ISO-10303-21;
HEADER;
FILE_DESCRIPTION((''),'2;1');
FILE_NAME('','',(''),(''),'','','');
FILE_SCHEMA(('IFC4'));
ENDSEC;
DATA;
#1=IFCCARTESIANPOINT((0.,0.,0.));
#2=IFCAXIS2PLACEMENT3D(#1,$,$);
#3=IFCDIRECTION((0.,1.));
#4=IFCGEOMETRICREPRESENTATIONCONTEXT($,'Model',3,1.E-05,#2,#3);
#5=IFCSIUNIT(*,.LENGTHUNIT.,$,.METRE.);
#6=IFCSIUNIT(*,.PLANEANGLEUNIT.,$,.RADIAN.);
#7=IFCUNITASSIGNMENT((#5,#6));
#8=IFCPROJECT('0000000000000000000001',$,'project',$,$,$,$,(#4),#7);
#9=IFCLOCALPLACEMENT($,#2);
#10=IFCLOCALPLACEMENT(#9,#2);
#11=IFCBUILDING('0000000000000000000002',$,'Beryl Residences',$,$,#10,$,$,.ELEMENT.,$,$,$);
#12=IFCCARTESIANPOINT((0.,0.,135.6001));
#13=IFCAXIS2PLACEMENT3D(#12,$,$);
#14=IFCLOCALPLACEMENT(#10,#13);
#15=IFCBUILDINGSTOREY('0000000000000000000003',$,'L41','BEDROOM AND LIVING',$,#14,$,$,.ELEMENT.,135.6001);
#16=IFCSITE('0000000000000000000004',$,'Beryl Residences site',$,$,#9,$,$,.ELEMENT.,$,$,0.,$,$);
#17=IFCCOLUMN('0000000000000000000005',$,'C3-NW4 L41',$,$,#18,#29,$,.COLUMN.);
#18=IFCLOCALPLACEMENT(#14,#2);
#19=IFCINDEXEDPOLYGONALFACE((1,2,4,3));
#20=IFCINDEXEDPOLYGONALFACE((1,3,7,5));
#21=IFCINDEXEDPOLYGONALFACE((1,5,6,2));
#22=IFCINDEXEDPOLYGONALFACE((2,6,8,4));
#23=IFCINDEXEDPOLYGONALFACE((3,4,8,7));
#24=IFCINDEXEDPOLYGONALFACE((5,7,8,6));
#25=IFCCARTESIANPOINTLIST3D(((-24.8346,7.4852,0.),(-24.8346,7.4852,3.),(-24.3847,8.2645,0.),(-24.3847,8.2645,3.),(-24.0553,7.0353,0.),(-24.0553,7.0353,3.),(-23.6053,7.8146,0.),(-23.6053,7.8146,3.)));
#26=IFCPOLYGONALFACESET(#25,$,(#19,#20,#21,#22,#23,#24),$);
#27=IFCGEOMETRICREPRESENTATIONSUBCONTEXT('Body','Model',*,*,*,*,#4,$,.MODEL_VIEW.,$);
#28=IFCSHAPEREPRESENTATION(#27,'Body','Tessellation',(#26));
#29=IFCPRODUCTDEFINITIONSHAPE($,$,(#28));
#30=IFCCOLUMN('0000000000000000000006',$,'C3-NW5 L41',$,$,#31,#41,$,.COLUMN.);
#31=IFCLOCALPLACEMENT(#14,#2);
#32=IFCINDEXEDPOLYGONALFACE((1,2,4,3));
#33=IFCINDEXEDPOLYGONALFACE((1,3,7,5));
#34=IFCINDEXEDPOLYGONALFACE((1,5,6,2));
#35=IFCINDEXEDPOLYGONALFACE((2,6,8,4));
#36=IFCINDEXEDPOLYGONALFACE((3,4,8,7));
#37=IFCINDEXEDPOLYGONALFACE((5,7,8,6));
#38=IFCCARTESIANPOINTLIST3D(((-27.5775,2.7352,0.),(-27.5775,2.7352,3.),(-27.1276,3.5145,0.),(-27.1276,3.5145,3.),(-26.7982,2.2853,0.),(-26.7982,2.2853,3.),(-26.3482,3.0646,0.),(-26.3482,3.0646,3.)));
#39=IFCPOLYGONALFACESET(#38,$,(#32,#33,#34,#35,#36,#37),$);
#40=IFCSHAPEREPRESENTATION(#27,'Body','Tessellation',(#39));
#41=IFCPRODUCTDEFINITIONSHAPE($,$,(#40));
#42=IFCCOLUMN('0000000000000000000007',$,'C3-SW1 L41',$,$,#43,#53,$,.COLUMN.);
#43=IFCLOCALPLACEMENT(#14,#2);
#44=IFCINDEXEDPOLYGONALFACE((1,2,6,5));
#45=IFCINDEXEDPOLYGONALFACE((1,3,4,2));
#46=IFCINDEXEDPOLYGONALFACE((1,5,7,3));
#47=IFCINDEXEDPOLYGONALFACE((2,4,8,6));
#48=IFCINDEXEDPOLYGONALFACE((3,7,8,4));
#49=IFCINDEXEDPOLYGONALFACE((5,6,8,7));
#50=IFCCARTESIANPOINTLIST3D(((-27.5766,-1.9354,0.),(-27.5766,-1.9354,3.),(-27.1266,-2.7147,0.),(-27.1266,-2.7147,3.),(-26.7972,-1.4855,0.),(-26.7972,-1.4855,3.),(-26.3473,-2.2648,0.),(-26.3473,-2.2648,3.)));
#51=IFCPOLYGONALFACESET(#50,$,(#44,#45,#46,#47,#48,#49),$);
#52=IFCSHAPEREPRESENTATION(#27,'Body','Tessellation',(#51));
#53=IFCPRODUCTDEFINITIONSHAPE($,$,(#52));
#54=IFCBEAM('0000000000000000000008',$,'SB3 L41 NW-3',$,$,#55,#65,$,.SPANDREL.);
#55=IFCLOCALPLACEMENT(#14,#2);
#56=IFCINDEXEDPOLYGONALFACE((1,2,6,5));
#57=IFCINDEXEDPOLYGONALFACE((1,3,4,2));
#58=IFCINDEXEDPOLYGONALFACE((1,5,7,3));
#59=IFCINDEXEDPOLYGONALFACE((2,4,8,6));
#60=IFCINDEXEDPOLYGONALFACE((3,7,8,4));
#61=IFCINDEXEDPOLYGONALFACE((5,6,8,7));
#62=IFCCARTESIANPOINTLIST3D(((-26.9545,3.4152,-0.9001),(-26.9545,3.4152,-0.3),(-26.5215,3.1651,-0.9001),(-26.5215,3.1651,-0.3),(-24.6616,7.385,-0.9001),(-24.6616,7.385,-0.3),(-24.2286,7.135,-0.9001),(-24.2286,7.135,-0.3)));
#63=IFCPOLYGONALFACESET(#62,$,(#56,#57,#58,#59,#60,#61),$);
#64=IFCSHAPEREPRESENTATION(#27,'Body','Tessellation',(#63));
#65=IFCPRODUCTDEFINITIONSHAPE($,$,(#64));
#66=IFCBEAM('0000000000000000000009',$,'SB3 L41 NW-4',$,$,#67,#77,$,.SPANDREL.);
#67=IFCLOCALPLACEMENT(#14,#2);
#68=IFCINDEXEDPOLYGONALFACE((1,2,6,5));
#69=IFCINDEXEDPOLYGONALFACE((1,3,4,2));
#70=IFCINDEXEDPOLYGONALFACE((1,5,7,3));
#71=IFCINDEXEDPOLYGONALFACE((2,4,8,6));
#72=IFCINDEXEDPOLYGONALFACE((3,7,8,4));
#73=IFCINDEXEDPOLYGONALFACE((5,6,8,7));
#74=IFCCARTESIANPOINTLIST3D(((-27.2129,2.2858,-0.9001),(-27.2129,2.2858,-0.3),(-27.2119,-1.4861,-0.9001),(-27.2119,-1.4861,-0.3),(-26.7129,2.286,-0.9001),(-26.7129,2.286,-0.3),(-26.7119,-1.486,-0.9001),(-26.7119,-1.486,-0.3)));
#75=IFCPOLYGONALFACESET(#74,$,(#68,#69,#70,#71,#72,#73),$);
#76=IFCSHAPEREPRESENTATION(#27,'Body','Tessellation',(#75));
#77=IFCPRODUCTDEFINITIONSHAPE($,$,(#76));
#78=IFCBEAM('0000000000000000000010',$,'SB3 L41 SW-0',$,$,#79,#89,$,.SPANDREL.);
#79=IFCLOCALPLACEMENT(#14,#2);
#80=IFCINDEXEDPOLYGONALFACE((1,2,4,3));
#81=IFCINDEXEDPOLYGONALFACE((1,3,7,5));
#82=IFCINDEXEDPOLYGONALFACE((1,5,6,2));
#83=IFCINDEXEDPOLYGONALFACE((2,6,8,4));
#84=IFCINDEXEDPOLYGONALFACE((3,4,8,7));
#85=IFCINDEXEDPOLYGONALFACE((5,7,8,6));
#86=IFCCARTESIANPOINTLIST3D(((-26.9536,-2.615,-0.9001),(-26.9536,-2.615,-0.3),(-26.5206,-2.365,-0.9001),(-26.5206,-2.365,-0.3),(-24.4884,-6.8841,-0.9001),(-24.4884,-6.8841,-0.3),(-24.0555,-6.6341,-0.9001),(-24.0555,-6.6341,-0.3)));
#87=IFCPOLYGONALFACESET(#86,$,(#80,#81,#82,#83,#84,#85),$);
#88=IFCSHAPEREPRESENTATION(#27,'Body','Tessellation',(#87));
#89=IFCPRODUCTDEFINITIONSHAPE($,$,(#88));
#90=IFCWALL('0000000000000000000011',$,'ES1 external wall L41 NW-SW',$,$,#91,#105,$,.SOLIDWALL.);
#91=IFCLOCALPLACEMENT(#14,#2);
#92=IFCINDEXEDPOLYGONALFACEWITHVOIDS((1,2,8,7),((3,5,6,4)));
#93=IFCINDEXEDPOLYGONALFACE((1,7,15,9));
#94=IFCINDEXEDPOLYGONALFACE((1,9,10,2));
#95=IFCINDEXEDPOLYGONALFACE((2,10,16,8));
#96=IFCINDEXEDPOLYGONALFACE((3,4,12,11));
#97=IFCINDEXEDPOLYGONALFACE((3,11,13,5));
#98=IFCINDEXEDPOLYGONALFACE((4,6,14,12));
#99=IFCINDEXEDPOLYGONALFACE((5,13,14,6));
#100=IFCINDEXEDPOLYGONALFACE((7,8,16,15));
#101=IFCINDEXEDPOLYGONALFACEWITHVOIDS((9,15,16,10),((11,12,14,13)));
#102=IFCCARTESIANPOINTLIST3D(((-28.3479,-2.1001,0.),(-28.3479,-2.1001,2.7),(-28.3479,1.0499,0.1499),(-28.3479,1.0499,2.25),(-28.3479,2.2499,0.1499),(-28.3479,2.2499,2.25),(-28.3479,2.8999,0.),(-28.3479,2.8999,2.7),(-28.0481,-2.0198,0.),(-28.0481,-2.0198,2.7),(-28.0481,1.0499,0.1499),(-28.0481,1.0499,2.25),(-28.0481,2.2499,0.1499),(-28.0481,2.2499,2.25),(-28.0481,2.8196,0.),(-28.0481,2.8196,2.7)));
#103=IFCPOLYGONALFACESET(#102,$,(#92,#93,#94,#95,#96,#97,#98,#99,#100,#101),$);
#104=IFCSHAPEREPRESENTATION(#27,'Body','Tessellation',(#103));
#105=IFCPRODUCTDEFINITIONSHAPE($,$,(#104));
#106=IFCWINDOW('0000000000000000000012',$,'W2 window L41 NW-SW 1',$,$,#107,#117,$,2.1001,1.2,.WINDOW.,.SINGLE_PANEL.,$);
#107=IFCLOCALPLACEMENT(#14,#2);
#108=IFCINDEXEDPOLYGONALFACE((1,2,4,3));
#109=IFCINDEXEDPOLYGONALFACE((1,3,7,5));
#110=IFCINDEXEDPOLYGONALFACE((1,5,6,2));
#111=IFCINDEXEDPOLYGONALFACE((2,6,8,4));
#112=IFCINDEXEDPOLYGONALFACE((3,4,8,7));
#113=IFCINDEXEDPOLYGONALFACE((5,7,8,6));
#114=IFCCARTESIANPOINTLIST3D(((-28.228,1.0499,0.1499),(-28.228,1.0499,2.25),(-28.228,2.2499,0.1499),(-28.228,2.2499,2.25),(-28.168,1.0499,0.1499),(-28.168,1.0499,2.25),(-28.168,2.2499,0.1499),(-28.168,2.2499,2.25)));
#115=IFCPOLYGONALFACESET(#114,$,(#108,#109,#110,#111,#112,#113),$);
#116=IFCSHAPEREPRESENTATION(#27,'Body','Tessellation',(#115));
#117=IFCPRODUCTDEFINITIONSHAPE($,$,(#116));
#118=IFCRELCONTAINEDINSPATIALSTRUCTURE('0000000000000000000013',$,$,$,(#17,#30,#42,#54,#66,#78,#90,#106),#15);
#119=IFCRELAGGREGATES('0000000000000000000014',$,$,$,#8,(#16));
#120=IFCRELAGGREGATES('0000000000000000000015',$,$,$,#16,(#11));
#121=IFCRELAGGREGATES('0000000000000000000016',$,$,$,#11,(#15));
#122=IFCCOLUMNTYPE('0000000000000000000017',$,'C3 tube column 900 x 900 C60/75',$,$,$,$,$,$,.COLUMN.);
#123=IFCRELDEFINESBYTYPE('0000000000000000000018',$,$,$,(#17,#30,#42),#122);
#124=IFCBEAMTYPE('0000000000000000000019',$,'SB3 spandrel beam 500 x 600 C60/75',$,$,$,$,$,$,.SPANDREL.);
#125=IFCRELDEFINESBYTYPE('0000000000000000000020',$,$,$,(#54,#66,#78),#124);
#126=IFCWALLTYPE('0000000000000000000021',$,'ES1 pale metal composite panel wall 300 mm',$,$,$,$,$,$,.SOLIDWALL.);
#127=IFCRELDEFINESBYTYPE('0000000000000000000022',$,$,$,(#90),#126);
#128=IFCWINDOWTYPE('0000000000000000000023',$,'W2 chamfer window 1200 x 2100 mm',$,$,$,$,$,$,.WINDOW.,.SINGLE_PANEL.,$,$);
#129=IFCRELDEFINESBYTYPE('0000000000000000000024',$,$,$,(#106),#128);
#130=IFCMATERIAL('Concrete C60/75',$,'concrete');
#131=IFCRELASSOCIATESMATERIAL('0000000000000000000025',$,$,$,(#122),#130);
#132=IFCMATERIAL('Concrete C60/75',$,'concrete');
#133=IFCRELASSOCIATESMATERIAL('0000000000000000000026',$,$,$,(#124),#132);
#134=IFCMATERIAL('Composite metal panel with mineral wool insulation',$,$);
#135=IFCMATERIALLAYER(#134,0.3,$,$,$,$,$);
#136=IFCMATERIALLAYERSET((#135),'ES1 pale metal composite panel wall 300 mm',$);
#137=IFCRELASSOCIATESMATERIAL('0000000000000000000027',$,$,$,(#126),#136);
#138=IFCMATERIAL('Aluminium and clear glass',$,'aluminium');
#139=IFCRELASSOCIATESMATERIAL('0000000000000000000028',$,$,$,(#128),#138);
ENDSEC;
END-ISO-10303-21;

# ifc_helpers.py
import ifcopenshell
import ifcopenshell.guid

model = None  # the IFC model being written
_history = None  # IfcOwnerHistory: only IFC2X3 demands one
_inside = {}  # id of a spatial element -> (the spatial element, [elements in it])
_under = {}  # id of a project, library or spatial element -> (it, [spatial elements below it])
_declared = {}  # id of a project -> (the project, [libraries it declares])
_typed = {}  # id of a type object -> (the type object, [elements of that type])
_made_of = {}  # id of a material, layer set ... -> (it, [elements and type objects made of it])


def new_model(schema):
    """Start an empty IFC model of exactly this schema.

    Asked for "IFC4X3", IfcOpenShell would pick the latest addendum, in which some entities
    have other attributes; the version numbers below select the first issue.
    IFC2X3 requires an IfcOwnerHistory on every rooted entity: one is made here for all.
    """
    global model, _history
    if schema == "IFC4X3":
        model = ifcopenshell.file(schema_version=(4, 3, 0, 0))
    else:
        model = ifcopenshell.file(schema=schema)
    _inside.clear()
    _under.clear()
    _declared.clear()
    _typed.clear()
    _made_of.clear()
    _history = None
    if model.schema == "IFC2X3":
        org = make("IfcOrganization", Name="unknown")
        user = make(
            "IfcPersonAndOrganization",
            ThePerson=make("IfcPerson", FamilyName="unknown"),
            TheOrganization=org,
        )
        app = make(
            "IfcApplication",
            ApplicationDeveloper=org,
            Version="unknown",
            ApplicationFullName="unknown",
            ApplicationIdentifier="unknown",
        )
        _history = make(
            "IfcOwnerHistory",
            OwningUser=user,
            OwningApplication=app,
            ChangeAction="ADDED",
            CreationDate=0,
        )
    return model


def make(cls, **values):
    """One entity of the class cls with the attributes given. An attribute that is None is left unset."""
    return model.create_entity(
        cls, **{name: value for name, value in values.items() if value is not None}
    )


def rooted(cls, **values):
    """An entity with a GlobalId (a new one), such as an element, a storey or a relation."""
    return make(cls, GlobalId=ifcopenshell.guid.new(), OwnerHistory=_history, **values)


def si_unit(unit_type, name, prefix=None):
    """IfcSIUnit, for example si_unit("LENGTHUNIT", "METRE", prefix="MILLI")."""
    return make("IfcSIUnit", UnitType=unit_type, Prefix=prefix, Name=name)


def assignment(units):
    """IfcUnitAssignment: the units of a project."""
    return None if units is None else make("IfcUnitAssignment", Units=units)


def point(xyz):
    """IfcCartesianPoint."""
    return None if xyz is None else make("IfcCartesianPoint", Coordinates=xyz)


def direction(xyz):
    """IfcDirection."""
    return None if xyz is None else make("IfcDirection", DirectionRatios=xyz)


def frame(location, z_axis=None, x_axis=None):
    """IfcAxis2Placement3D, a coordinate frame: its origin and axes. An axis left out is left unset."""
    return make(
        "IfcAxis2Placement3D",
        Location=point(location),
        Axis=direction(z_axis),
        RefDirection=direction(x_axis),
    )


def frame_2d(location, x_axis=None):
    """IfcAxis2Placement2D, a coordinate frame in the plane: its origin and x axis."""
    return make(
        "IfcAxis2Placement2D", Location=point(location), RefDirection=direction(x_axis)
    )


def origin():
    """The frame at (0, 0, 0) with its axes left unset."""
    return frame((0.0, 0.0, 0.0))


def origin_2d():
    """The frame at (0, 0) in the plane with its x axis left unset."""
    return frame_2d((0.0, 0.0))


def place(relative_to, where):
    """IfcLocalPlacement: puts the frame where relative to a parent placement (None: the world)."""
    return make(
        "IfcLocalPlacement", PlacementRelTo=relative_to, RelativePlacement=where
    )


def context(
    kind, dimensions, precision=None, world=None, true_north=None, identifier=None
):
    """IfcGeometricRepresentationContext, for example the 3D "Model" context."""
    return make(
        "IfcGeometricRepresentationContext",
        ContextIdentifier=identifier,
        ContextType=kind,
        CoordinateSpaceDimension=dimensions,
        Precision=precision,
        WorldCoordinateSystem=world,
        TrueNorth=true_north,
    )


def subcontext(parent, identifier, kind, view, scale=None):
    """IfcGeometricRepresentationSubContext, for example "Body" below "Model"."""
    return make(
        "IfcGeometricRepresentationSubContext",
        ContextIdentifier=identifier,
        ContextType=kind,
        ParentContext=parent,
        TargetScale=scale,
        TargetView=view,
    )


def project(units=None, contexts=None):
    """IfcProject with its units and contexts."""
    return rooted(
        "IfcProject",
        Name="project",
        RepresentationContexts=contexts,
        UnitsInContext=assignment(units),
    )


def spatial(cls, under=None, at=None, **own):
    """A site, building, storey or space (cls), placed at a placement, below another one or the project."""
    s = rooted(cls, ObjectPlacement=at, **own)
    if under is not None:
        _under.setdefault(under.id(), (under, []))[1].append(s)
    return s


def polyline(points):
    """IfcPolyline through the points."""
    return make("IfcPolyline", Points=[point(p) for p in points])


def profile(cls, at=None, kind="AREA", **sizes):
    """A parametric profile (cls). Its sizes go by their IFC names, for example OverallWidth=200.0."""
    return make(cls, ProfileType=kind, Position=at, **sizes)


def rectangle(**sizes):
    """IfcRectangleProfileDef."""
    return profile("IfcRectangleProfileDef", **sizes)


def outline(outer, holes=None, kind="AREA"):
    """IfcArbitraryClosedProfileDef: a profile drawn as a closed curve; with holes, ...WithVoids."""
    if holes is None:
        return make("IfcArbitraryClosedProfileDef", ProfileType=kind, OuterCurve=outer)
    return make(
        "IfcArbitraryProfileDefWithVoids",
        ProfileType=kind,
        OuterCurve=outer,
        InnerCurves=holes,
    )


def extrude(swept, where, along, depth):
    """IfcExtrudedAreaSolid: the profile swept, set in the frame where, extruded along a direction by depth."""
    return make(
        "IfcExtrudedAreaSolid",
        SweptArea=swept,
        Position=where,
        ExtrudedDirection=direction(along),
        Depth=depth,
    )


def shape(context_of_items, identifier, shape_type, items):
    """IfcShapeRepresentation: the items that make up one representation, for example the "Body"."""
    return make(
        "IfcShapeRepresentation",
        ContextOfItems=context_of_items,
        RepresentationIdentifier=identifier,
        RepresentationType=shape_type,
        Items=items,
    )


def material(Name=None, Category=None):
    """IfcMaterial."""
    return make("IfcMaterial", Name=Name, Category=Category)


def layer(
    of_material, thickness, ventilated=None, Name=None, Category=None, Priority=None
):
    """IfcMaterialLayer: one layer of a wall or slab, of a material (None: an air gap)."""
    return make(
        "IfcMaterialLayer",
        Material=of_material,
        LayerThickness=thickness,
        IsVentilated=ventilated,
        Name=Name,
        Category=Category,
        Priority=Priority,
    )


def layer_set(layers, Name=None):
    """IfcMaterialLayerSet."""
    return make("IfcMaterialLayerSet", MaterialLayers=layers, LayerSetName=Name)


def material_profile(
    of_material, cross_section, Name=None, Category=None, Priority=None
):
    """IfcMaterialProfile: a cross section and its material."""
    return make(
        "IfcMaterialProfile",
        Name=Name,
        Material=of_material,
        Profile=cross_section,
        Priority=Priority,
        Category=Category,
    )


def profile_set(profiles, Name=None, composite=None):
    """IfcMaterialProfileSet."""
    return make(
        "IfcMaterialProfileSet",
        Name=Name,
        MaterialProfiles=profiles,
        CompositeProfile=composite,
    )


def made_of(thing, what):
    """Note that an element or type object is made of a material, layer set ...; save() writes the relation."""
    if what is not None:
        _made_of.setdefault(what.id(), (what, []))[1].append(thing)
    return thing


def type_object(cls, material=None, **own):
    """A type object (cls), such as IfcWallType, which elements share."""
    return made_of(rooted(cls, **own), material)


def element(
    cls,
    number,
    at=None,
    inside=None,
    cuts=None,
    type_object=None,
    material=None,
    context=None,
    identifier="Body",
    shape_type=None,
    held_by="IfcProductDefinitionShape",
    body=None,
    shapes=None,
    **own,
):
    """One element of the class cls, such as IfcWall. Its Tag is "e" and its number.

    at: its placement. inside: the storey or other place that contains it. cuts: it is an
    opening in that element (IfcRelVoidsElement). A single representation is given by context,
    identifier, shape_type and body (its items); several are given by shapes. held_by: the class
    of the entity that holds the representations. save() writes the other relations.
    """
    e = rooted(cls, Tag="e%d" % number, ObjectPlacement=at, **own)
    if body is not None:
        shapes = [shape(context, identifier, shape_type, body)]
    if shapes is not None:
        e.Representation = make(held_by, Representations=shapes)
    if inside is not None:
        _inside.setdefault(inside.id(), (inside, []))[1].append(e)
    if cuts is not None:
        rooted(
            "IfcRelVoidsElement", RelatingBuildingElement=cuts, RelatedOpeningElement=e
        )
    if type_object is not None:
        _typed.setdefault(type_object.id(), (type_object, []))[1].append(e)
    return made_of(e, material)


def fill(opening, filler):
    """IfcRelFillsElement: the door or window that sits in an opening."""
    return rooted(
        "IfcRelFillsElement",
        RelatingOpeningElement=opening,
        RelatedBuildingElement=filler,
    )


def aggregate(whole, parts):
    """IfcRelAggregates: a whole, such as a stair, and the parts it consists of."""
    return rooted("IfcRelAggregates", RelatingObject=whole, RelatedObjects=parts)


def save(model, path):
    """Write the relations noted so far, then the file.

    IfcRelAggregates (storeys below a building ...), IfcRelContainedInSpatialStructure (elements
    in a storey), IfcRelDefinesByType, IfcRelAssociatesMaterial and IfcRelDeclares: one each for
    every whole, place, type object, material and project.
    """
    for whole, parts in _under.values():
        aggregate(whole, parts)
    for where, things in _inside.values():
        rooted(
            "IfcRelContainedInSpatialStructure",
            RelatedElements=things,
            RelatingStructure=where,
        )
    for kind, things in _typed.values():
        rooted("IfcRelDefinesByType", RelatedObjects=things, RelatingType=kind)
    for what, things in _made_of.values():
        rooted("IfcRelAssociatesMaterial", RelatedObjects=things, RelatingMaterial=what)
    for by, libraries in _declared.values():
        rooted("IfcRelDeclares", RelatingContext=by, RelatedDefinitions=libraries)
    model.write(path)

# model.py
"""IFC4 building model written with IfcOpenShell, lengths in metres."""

from ifc_helpers import new_model, si_unit, direction, frame, frame_2d, origin, origin_2d, place, context, subcontext, project, spatial, polyline, rectangle, outline, extrude, material, layer, layer_set, material_profile, profile_set, type_object, element, fill, save


model = new_model("IFC4")

# Units and contexts
model_context = context("Model", 3, precision=1e-05, world=origin(), true_north=direction((0.0, 1.0)))
body_context = subcontext(model_context, "Body", "Model", "MODEL_VIEW")
ifc_project = project(units=[si_unit("LENGTHUNIT", "METRE"), si_unit("PLANEANGLEUNIT", "RADIAN")], contexts=[model_context])

# Site, building, storey
site_placement = place(None, origin())
site = spatial("IfcSite", under=ifc_project, at=site_placement, Name="Beryl Residences site", CompositionType="ELEMENT", RefElevation=0.0)
building_placement = place(site_placement, origin())
building = spatial("IfcBuilding", under=site, at=building_placement, Name="Beryl Residences", CompositionType="ELEMENT")
storey_placement = place(building_placement, frame((0.0, 0.0, 135.6001)))
storey = spatial("IfcBuildingStorey", under=building, at=storey_placement, Name="L41", Description="BEDROOM AND LIVING", CompositionType="ELEMENT", Elevation=135.6001)

# Columns
ifc_material_1 = material(Name="Concrete C60/75", Category="concrete")
ifc_material_profile_1 = material_profile(ifc_material_1, rectangle(XDim=0.8999, YDim=0.8999, at=origin_2d()))
ifc_profile_set_1 = profile_set([ifc_material_profile_1], Name="Concrete C60/75")
column_type = type_object("IfcColumnType", Name="C3 tube column 900 x 900 C60/75", PredefinedType="COLUMN", material=ifc_profile_set_1)
for number, where, z_axis, x_axis, name in (
    (1, (-24.22, 7.6499, 0.0), (0.0, 0.0, 1.0), (-0.5, -0.866025, 0.0), "C3-NW4 L41"),
    (2, (-26.9629, 2.8999, 0.0), (0.0, 0.0, 1.0), (-0.5, -0.866025, 0.0), "C3-NW5 L41"),
    (3, (-26.9619, -2.1001, 0.0), (0.0, 0.0, 1.0), (0.5, -0.866025, 0.0), "C3-SW1 L41"),
):
    element("IfcColumn", number, at=place(storey_placement, frame(where, z_axis=z_axis, x_axis=x_axis)), inside=storey, type_object=column_type, Name=name, PredefinedType="COLUMN", context=body_context, shape_type="SweptSolid", body=[
        extrude(rectangle(XDim=0.8999, YDim=0.8999, at=origin_2d()), origin(), (0.0, 0.0, 1.0), 3.0),
    ])

# Beams
ifc_material_2 = material(Name="Concrete C60/75", Category="concrete")
ifc_material_profile_2 = material_profile(ifc_material_2, rectangle(XDim=0.5, YDim=0.6001, at=origin_2d()))
ifc_profile_set_2 = profile_set([ifc_material_profile_2], Name="Concrete C60/75")
beam_type = type_object("IfcBeamType", Name="SB3 spandrel beam 500 x 600 C60/75", PredefinedType="SPANDREL", material=ifc_profile_set_2)
beam_1_placement = place(storey_placement, frame((-24.4451, 7.26, -0.6001), z_axis=(-0.500148, -0.86594, 0.0), x_axis=(0.86594, -0.500148, 0.0)))
element("IfcBeam", 4, at=beam_1_placement, inside=storey, type_object=beam_type, Name="SB3 L41 NW-3", PredefinedType="SPANDREL", context=body_context, shape_type="SweptSolid", body=[
    extrude(rectangle(XDim=0.5, YDim=0.6001, at=origin_2d()), origin(), (0.0, 0.0, 1.0), 4.5845),
])
beam_2_placement = place(storey_placement, frame((-26.9629, 2.2859, -0.6001), z_axis=(0.000259, -1.0, 0.0), x_axis=(1.0, 0.000259, 0.0)))
element("IfcBeam", 5, at=beam_2_placement, inside=storey, type_object=beam_type, Name="SB3 L41 NW-4", PredefinedType="SPANDREL", context=body_context, shape_type="SweptSolid", body=[
    extrude(rectangle(XDim=0.5, YDim=0.6001, at=origin_2d()), origin(), (0.0, 0.0, 1.0), 3.772),
])
beam_3_placement = place(storey_placement, frame((-26.7371, -2.49, -0.6001), z_axis=(0.500054, -0.865994, 0.0), x_axis=(0.865994, 0.500054, 0.0)))
element("IfcBeam", 6, at=beam_3_placement, inside=storey, type_object=beam_type, Name="SB3 L41 SW-0", PredefinedType="SPANDREL", context=body_context, shape_type="SweptSolid", body=[
    extrude(rectangle(XDim=0.5, YDim=0.6001, at=origin_2d()), origin(), (0.0, 0.0, 1.0), 4.9297),
])

# Wall, opening, window
ifc_material_3 = material(Name="Composite metal panel with mineral wool insulation")
ifc_layer_1 = layer(ifc_material_3, 0.3)
ifc_layer_set_1 = layer_set([ifc_layer_1], Name="ES1 pale metal composite panel wall 300 mm")
wall_type_1 = type_object("IfcWallType", Name="ES1 pale metal composite panel wall 300 mm", PredefinedType="SOLIDWALL", material=ifc_layer_set_1)
wall_1_placement = place(storey_placement, frame((-28.198, 2.8999, 0.0), z_axis=(0.0, 0.0, 1.0), x_axis=(0.0, -1.0, 0.0)))
wall_1 = element("IfcWall", 7, at=wall_1_placement, inside=storey, type_object=wall_type_1, Name="ES1 external wall L41 NW-SW", PredefinedType="SOLIDWALL", context=body_context, shape_type="SweptSolid", body=[
    extrude(outline(polyline([(0.0, -0.1499), (5.0, -0.1499), (4.9197, 0.1499), (0.0803, 0.1499), (0.0, -0.1499)])), origin(), (0.0, 0.0, 1.0), 2.7),
])
opening_1_placement = place(wall_1_placement, frame((0.6499, 0.0, 0.1499)))
opening_1 = element("IfcOpeningElement", 8, at=opening_1_placement, cuts=wall_1, PredefinedType="OPENING", context=body_context, shape_type="SweptSolid", body=[
    extrude(rectangle(XDim=1.2, YDim=2.1001, at=frame_2d((0.6001, 1.05))), frame((0.0, 0.1599, 0.0), z_axis=(0.0, -1.0, 0.0), x_axis=(1.0, 0.0, 0.0)), (0.0, 0.0, 1.0), 0.3201),
])
ifc_material_4 = material(Name="Aluminium and clear glass", Category="aluminium")
window_type_1 = type_object("IfcWindowType", Name="W2 chamfer window 1200 x 2100 mm", PartitioningType="SINGLE_PANEL", PredefinedType="WINDOW", material=ifc_material_4)
window_1_placement = place(opening_1_placement, origin())
window_1 = element("IfcWindow", 9, at=window_1_placement, inside=storey, type_object=window_type_1, Name="W2 window L41 NW-SW 1", OverallHeight=2.1001, OverallWidth=1.2, PartitioningType="SINGLE_PANEL", PredefinedType="WINDOW", context=body_context, shape_type="SweptSolid", body=[
    extrude(rectangle(XDim=1.2, YDim=2.1001, at=frame_2d((0.6001, 1.05))), frame((0.0, 0.03, 0.0), z_axis=(0.0, -1.0, 0.0), x_axis=(1.0, 0.0, 0.0)), (0.0, 0.0, 1.0), 0.0601),
])
fill(opening_1, window_1)

save(model, "model.ifc")
